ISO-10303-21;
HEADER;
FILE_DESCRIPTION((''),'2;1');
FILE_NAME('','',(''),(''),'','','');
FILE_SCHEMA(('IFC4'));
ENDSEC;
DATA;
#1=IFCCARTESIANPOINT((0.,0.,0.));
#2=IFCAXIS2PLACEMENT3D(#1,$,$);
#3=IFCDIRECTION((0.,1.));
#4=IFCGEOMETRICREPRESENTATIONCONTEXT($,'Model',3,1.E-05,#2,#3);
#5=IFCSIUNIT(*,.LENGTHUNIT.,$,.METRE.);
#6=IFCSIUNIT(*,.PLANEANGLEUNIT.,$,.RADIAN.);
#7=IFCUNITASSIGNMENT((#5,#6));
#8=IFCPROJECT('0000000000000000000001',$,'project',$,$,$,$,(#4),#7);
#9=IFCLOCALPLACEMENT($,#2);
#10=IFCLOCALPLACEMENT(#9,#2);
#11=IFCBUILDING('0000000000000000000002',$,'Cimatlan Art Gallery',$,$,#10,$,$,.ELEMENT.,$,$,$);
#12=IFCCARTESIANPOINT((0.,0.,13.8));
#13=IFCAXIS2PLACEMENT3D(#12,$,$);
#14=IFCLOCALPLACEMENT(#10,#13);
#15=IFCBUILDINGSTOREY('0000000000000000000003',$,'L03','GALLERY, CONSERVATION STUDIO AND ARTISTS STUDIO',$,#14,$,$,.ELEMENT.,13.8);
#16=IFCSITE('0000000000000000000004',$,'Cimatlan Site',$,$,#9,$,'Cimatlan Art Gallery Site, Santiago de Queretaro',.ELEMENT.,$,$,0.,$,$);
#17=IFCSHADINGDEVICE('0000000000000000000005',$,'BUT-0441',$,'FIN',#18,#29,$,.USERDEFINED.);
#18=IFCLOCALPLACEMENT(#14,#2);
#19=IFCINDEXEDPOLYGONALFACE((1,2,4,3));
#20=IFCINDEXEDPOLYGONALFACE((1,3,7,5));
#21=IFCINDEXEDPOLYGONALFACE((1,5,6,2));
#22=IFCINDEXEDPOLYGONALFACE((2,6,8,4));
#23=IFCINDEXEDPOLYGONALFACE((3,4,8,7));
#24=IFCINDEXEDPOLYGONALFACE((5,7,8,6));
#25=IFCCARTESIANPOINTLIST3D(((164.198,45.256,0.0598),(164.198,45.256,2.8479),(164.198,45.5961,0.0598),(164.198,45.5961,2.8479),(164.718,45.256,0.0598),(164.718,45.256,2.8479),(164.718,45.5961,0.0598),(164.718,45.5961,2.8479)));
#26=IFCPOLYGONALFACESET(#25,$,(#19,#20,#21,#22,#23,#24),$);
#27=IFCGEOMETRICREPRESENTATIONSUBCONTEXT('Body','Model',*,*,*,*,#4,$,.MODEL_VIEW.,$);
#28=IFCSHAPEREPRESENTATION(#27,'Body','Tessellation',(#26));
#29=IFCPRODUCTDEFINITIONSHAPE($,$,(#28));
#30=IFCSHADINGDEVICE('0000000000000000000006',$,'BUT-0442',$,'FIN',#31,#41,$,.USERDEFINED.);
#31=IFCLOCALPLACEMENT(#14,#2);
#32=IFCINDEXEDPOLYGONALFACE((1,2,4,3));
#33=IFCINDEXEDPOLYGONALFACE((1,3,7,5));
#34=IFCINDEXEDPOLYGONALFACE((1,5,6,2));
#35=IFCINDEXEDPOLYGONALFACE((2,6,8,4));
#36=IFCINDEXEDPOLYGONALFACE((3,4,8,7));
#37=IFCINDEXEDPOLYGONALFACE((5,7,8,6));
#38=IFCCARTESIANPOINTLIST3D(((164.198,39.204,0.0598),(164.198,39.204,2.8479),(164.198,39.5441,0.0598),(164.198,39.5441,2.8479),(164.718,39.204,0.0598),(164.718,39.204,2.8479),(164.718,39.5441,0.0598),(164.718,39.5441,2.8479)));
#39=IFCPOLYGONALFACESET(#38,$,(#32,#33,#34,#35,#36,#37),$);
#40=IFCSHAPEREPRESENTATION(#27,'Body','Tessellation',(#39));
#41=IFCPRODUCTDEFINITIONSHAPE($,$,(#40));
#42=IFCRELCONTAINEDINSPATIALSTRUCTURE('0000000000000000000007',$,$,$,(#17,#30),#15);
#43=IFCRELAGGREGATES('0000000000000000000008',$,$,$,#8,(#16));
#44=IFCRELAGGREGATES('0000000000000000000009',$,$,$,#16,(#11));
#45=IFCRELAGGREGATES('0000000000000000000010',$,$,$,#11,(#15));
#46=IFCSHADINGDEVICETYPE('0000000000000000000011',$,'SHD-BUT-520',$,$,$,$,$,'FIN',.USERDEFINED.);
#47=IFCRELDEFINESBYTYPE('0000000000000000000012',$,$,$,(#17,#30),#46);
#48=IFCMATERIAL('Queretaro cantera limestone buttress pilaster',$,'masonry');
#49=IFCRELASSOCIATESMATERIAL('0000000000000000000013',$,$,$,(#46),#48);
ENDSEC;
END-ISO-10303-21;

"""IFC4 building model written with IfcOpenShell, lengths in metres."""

from ifc_helpers import new_model, si_unit, direction, frame, origin, origin_2d, place, context, subcontext, project, spatial, rectangle, extrude, material, type_object, element, save


model = new_model("IFC4")

# Units and contexts
model_context = context("Model", 3, precision=1e-05, world=origin(), true_north=direction((0.0, 1.0)))
body_context = subcontext(model_context, "Body", "Model", "MODEL_VIEW")
ifc_project = project(units=[si_unit("LENGTHUNIT", "METRE"), si_unit("PLANEANGLEUNIT", "RADIAN")], contexts=[model_context])

# Site, building, storey
site_placement = place(None, origin())
site = spatial("IfcSite", under=ifc_project, at=site_placement, Name="Cimatlan Site", LongName="Cimatlan Art Gallery Site, Santiago de Queretaro", CompositionType="ELEMENT", RefElevation=0.0)
building_placement = place(site_placement, origin())
building = spatial("IfcBuilding", under=site, at=building_placement, Name="Cimatlan Art Gallery", CompositionType="ELEMENT")
storey_placement = place(building_placement, frame((0.0, 0.0, 13.8)))
storey = spatial("IfcBuildingStorey", under=building, at=storey_placement, Name="L03", Description="GALLERY, CONSERVATION STUDIO AND ARTISTS STUDIO", CompositionType="ELEMENT", Elevation=13.8)

# Shading devices
ifc_material_1 = material(Name="Queretaro cantera limestone buttress pilaster", Category="masonry")
shading_device_type = type_object("IfcShadingDeviceType", Name="SHD-BUT-520", ElementType="FIN", PredefinedType="USERDEFINED", material=ifc_material_1)
for number, where, z_axis, x_axis, name in (
    (1, (164.458, 45.426, 0.0598), (0.0, 0.0, 1.0), (0.0, -1.0, 0.0), "BUT-0441"),
    (2, (164.458, 39.374, 0.0598), (0.0, 0.0, 1.0), (0.0, -1.0, 0.0), "BUT-0442"),
):
    element("IfcShadingDevice", number, at=place(storey_placement, frame(where, z_axis=z_axis, x_axis=x_axis)), inside=storey, type_object=shading_device_type, Name=name, ObjectType="FIN", PredefinedType="USERDEFINED", context=body_context, shape_type="SweptSolid", body=[
        extrude(rectangle(XDim=0.3401, YDim=0.52, at=origin_2d()), origin(), (0.0, 0.0, 1.0), 2.7881),
    ])

save(model, "model.ifc")
